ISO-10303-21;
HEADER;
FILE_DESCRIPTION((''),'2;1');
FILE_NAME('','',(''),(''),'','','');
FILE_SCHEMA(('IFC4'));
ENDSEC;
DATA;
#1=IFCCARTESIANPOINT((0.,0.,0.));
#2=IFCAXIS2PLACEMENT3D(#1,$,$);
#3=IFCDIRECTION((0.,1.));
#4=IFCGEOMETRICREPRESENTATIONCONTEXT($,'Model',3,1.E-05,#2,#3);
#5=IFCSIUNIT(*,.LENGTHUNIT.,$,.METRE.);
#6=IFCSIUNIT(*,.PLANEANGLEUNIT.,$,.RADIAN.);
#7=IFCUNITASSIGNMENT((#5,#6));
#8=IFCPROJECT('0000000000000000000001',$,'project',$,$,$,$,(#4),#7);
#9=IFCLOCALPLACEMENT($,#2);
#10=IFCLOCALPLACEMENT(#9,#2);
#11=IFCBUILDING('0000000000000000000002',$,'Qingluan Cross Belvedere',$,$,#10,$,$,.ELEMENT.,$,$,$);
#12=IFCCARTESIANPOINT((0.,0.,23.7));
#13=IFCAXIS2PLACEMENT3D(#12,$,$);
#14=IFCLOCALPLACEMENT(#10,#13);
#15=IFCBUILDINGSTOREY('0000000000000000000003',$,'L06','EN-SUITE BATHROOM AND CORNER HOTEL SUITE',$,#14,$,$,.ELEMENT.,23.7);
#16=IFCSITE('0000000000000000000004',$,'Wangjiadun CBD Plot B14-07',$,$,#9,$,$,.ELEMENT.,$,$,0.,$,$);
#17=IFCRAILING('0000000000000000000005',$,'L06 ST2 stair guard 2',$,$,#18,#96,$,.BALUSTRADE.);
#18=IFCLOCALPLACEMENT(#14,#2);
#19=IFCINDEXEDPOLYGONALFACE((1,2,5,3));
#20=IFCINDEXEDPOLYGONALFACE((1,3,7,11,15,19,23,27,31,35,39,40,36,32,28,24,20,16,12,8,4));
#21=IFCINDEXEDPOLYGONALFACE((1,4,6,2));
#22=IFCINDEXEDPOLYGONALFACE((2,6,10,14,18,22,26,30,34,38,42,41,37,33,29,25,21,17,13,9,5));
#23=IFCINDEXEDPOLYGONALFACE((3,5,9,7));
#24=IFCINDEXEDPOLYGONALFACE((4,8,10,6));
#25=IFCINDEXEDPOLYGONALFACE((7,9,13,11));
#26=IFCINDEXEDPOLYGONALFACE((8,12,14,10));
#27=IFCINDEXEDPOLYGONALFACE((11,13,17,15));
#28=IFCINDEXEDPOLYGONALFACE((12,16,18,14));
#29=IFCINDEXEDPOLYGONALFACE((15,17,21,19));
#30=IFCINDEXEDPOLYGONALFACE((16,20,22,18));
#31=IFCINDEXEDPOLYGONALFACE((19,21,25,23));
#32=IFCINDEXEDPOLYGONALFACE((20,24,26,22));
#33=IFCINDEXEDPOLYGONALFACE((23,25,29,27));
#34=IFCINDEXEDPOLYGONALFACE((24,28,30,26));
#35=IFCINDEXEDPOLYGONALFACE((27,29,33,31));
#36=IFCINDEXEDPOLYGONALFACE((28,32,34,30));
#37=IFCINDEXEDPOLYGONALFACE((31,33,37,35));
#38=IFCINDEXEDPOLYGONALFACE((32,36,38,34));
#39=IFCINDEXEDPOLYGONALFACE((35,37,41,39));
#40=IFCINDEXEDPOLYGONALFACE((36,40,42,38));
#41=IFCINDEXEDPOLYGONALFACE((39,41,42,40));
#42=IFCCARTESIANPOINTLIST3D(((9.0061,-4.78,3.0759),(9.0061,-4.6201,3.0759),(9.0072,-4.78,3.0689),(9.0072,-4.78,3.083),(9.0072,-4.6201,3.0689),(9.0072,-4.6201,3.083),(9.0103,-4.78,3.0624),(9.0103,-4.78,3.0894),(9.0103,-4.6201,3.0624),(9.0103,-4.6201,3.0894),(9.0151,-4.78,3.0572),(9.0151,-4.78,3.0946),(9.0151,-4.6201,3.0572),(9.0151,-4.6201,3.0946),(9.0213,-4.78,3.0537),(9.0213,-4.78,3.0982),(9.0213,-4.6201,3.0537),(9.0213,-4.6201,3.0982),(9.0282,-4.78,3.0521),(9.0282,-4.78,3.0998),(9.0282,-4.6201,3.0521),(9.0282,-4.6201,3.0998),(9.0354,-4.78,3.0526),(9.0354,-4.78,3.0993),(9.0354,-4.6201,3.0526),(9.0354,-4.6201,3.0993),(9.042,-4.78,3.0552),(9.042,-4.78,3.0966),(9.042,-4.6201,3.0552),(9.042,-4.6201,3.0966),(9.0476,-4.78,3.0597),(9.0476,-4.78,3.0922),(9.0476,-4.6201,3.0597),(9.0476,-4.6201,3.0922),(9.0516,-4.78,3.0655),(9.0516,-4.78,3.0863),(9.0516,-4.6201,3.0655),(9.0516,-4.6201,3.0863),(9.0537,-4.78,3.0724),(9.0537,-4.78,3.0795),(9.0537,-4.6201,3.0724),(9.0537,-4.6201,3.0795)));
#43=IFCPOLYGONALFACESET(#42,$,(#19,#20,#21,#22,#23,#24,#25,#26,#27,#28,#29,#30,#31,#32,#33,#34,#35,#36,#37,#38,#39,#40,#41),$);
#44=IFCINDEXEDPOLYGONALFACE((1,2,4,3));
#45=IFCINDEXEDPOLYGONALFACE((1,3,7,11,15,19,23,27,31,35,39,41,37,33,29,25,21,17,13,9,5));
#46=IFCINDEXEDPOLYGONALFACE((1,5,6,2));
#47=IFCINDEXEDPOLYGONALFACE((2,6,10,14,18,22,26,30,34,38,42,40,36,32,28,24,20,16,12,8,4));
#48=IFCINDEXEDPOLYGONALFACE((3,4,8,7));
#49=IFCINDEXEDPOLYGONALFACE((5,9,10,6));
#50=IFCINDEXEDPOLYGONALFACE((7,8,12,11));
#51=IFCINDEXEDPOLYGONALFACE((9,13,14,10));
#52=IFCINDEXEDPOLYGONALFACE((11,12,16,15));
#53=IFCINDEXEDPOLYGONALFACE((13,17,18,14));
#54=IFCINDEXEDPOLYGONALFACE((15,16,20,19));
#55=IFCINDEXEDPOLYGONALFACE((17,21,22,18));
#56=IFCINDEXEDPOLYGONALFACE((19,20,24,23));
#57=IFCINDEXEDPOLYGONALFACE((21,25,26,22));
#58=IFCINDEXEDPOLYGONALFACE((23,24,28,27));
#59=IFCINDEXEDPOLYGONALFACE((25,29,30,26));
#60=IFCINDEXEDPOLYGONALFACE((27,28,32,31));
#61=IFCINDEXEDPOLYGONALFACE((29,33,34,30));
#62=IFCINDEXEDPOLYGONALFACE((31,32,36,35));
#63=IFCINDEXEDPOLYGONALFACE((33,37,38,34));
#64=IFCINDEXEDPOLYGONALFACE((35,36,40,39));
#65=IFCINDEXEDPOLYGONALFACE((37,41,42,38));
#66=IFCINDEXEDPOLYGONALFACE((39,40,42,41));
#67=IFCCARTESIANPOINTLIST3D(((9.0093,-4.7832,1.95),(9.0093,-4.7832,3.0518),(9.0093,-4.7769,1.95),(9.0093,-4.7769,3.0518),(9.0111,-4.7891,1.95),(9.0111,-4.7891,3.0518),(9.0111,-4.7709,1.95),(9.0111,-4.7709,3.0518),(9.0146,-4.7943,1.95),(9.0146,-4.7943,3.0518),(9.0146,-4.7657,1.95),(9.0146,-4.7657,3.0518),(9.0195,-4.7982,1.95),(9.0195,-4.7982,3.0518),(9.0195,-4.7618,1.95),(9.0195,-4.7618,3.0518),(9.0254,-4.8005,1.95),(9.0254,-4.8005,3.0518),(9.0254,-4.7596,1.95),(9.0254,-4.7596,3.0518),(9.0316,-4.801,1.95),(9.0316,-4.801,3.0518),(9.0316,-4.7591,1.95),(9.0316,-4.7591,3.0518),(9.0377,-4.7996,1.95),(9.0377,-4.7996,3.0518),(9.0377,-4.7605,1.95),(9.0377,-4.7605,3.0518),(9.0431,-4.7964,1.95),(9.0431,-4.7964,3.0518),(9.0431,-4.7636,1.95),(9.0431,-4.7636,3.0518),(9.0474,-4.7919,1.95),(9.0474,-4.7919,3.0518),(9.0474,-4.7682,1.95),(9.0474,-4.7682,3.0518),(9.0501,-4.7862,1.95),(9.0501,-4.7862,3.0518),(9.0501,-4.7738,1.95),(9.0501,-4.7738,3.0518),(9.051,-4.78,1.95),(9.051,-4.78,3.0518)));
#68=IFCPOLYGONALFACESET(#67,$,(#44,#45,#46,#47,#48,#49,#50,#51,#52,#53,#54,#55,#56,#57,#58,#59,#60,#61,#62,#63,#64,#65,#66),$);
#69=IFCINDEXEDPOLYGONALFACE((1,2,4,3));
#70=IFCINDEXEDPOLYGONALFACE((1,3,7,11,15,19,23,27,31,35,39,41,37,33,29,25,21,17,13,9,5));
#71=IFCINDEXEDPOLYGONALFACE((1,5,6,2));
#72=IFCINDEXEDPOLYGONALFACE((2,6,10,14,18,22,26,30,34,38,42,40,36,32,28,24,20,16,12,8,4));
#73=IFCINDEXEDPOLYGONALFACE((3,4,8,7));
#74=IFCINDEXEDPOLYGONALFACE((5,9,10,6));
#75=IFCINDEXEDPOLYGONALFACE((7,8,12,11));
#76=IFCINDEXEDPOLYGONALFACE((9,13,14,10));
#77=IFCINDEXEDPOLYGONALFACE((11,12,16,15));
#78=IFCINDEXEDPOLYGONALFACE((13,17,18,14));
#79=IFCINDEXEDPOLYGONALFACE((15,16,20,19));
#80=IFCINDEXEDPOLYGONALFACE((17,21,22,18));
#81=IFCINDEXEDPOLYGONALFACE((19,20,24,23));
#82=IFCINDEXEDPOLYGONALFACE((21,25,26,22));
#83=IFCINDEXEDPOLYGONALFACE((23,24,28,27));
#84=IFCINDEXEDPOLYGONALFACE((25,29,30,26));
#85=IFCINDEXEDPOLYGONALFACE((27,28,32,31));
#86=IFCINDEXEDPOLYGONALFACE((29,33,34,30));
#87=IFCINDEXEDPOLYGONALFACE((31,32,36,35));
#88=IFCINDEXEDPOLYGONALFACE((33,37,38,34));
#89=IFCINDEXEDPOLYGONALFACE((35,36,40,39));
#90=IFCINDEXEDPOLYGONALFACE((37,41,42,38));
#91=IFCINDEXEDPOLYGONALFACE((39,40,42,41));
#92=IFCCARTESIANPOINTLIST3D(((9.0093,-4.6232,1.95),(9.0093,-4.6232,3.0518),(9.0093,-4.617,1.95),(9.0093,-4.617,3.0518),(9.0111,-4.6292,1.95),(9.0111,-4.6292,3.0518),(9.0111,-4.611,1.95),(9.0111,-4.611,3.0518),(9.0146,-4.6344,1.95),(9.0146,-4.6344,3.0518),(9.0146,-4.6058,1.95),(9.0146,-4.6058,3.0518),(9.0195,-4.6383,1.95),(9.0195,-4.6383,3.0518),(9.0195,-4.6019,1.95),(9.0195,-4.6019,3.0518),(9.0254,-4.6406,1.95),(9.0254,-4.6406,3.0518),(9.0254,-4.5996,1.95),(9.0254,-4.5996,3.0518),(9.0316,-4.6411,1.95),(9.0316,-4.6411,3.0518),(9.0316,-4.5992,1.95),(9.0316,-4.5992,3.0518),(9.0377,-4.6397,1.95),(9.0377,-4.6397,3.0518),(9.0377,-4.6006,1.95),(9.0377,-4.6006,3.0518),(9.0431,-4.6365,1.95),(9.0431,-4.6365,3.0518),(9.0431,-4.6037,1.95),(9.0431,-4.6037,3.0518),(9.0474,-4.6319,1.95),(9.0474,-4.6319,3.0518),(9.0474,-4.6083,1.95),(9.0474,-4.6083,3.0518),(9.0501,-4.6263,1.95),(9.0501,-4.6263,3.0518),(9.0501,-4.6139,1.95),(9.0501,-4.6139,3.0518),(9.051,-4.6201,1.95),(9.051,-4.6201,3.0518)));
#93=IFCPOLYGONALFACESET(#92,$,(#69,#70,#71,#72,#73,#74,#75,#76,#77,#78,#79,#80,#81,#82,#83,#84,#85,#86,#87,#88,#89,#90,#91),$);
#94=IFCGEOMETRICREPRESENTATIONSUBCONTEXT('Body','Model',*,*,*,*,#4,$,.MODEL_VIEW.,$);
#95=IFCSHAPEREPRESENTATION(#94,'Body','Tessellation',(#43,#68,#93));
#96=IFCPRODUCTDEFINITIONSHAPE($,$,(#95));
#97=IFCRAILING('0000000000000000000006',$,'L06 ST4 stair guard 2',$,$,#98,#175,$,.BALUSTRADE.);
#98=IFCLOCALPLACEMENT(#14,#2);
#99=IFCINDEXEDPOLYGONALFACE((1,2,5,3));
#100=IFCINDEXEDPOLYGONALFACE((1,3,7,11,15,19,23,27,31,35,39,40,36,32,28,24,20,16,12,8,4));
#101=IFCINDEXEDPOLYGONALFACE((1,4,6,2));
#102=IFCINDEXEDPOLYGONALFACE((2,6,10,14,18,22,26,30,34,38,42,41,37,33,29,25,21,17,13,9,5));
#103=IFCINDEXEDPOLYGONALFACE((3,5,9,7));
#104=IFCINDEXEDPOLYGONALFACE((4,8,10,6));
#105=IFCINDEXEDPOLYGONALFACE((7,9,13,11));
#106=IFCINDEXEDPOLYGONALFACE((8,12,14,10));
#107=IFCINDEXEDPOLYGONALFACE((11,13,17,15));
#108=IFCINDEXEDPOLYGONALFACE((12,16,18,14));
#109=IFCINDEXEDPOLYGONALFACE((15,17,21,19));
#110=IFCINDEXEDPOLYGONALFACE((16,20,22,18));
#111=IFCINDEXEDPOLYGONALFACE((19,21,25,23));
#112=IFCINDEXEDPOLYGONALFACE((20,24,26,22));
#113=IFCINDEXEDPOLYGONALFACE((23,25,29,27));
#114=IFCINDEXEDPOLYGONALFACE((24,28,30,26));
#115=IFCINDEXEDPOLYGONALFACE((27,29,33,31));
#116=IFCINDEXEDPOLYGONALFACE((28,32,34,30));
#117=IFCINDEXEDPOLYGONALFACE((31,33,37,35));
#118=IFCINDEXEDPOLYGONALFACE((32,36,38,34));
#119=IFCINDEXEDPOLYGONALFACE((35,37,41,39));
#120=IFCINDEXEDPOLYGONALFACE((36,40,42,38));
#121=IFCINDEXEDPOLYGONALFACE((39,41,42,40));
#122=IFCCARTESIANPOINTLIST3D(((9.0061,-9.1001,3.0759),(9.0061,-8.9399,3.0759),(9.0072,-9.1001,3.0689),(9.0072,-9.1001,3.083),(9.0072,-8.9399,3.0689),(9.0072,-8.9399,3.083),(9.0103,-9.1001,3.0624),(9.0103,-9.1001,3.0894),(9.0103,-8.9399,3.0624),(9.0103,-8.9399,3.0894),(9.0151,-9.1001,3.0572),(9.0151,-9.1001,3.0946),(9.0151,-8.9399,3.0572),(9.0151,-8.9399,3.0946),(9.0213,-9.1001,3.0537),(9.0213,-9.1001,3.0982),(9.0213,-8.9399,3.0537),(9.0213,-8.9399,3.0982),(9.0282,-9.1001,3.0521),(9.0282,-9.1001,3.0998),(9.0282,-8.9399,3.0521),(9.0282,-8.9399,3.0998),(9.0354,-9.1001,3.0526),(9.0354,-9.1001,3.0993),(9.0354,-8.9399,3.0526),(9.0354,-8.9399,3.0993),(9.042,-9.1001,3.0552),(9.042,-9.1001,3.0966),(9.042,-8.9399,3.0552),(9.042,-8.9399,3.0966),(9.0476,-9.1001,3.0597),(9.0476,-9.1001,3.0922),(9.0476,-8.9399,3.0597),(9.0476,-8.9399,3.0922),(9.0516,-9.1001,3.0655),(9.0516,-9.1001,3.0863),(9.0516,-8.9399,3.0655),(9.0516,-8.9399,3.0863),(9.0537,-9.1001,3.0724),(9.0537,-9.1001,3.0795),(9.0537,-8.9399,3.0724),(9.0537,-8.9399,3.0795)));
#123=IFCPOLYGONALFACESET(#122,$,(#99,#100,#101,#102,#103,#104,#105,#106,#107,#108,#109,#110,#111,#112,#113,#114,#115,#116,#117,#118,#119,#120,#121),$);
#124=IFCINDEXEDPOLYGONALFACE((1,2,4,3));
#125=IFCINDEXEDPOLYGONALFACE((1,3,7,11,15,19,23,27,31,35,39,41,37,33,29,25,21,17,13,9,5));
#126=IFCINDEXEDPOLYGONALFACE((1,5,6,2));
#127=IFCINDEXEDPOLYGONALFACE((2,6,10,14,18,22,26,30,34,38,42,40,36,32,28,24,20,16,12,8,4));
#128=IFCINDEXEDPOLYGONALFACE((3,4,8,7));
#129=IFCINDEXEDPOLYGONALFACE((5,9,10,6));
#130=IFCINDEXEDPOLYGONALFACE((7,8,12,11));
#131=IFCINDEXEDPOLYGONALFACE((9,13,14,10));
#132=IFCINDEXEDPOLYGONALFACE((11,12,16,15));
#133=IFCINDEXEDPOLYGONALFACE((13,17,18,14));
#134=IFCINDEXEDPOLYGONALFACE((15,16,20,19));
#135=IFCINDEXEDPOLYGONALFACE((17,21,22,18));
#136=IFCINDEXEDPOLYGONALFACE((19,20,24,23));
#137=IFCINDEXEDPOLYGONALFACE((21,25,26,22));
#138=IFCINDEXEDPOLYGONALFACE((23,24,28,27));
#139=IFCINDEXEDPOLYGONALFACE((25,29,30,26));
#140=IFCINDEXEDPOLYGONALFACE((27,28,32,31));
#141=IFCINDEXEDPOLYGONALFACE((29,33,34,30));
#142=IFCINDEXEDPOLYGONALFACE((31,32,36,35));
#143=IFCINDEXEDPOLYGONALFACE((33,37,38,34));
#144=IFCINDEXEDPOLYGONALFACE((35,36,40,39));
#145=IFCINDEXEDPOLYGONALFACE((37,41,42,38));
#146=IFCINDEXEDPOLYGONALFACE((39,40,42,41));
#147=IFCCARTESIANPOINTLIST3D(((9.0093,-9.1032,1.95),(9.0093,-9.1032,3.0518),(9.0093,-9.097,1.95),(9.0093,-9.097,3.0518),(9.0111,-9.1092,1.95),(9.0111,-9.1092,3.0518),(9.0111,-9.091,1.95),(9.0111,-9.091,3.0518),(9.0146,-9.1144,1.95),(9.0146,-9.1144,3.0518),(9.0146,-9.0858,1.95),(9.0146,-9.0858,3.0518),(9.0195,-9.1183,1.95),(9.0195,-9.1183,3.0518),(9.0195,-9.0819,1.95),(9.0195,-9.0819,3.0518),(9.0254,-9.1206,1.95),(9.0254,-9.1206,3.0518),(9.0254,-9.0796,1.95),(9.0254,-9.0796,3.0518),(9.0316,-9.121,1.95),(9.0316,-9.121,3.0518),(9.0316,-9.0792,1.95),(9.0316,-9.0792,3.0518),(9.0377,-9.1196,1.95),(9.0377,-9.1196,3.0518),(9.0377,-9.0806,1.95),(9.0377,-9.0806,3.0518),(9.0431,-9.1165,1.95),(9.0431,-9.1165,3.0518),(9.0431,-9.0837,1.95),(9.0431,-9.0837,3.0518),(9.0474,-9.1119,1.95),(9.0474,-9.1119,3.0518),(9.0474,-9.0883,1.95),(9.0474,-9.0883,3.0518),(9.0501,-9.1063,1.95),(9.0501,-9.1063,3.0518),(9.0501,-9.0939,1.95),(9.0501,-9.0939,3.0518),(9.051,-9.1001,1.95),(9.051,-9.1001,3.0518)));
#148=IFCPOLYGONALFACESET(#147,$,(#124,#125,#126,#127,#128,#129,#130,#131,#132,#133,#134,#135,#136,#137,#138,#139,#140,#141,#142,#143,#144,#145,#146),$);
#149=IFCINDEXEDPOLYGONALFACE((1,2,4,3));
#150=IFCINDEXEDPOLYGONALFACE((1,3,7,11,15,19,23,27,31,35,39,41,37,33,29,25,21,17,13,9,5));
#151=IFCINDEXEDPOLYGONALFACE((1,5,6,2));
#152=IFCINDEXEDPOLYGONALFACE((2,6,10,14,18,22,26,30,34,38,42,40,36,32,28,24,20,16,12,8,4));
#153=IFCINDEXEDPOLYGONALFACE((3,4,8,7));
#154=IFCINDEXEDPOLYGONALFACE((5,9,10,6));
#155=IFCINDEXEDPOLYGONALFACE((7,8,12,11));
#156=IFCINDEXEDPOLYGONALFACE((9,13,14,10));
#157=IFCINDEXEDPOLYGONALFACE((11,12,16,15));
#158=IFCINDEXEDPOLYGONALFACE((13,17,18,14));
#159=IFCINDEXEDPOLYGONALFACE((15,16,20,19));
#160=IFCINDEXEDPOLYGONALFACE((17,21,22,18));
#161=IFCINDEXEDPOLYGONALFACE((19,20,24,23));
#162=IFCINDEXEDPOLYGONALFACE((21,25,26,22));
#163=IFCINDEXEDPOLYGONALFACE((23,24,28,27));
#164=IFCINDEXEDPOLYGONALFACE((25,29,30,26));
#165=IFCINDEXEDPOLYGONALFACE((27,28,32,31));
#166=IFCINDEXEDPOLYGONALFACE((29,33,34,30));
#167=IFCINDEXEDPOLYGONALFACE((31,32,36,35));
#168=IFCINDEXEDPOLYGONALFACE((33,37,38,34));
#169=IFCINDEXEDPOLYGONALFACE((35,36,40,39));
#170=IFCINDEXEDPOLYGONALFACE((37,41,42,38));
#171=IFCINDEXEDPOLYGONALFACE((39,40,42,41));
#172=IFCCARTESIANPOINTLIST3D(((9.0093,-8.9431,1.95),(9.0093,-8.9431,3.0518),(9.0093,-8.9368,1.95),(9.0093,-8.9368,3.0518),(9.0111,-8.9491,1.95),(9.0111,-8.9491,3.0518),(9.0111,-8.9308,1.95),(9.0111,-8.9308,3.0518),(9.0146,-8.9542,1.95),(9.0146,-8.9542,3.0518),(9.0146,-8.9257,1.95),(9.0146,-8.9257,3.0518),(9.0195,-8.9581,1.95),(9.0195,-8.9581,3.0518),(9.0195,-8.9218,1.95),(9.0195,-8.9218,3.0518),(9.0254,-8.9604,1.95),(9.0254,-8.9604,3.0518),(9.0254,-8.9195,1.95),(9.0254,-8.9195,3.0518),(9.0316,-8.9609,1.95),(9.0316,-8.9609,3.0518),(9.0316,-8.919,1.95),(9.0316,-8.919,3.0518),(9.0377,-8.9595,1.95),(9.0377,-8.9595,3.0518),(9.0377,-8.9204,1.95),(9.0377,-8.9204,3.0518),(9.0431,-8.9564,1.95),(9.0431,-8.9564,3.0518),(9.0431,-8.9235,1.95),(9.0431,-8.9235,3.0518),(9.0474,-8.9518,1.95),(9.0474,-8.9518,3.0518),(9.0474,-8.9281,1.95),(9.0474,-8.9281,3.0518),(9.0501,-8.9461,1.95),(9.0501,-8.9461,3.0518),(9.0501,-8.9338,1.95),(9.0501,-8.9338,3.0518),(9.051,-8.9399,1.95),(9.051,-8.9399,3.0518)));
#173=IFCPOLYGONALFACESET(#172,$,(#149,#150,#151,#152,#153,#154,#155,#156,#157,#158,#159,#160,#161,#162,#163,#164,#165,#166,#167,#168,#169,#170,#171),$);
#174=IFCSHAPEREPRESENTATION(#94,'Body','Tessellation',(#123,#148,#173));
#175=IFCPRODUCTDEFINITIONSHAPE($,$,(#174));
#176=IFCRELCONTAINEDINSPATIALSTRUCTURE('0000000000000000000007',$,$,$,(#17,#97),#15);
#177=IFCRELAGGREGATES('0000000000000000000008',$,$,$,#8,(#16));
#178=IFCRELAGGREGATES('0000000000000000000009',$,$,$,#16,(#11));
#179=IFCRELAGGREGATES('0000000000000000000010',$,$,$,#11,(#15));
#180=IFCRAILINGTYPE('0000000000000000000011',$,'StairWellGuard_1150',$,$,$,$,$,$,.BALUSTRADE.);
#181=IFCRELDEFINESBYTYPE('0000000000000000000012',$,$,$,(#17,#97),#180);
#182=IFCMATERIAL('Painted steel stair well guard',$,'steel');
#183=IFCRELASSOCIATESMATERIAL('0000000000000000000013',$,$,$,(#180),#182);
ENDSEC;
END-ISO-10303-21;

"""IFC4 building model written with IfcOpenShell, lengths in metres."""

from ifc_helpers import new_model, si_unit, direction, frame, origin, origin_2d, place, context, subcontext, project, spatial, circle, extrude, material, type_object, element, save


model = new_model("IFC4")

# Units and contexts
model_context = context("Model", 3, precision=1e-05, world=origin(), true_north=direction((0.0, 1.0)))
body_context = subcontext(model_context, "Body", "Model", "MODEL_VIEW")
ifc_project = project(units=[si_unit("LENGTHUNIT", "METRE"), si_unit("PLANEANGLEUNIT", "RADIAN")], contexts=[model_context])

# Site, building, storey
site_placement = place(None, origin())
site = spatial("IfcSite", under=ifc_project, at=site_placement, Name="Wangjiadun CBD Plot B14-07", CompositionType="ELEMENT", RefElevation=0.0)
building_placement = place(site_placement, origin())
building = spatial("IfcBuilding", under=site, at=building_placement, Name="Qingluan Cross Belvedere", CompositionType="ELEMENT")
storey_placement = place(building_placement, frame((0.0, 0.0, 23.7)))
storey = spatial("IfcBuildingStorey", under=building, at=storey_placement, Name="L06", Description="EN-SUITE BATHROOM AND CORNER HOTEL SUITE", CompositionType="ELEMENT", Elevation=23.7)

# Railings
ifc_material_1 = material(Name="Painted steel stair well guard", Category="steel")
railing_type_1 = type_object("IfcRailingType", Name="StairWellGuard_1150", PredefinedType="BALUSTRADE", material=ifc_material_1)
railing_1_placement = place(storey_placement, frame((9.03, -4.78, 1.95)))
element("IfcRailing", 1, at=railing_1_placement, inside=storey, type_object=railing_type_1, Name="L06 ST2 stair guard 2", PredefinedType="BALUSTRADE", context=body_context, shape_type="SweptSolid", body=[
    extrude(circle(Radius=0.0239, at=origin_2d()), frame((0.0, 0.0, 1.126), z_axis=(0.0, 1.0, 0.0), x_axis=(-1.0, 0.0, 0.0)), (0.0, 0.0, 1.0), 0.1599),
    extrude(circle(Radius=0.021, at=origin_2d()), origin(), (0.0, 0.0, 1.0), 1.1018),
    extrude(circle(Radius=0.021, at=origin_2d()), frame((0.0, 0.1599, 0.0)), (0.0, 0.0, 1.0), 1.1018),
])
railing_2_placement = place(storey_placement, frame((9.03, -9.1001, 1.95)))
element("IfcRailing", 2, at=railing_2_placement, inside=storey, type_object=railing_type_1, Name="L06 ST4 stair guard 2", PredefinedType="BALUSTRADE", context=body_context, shape_type="SweptSolid", body=[
    extrude(circle(Radius=0.0239, at=origin_2d()), frame((0.0, 0.0, 1.126), z_axis=(0.0, 1.0, 0.0), x_axis=(-1.0, 0.0, 0.0)), (0.0, 0.0, 1.0), 0.1602),
    extrude(circle(Radius=0.021, at=origin_2d()), origin(), (0.0, 0.0, 1.0), 1.1018),
    extrude(circle(Radius=0.021, at=origin_2d()), frame((0.0, 0.1602, 0.0)), (0.0, 0.0, 1.0), 1.1018),
])

save(model, "model.ifc")
